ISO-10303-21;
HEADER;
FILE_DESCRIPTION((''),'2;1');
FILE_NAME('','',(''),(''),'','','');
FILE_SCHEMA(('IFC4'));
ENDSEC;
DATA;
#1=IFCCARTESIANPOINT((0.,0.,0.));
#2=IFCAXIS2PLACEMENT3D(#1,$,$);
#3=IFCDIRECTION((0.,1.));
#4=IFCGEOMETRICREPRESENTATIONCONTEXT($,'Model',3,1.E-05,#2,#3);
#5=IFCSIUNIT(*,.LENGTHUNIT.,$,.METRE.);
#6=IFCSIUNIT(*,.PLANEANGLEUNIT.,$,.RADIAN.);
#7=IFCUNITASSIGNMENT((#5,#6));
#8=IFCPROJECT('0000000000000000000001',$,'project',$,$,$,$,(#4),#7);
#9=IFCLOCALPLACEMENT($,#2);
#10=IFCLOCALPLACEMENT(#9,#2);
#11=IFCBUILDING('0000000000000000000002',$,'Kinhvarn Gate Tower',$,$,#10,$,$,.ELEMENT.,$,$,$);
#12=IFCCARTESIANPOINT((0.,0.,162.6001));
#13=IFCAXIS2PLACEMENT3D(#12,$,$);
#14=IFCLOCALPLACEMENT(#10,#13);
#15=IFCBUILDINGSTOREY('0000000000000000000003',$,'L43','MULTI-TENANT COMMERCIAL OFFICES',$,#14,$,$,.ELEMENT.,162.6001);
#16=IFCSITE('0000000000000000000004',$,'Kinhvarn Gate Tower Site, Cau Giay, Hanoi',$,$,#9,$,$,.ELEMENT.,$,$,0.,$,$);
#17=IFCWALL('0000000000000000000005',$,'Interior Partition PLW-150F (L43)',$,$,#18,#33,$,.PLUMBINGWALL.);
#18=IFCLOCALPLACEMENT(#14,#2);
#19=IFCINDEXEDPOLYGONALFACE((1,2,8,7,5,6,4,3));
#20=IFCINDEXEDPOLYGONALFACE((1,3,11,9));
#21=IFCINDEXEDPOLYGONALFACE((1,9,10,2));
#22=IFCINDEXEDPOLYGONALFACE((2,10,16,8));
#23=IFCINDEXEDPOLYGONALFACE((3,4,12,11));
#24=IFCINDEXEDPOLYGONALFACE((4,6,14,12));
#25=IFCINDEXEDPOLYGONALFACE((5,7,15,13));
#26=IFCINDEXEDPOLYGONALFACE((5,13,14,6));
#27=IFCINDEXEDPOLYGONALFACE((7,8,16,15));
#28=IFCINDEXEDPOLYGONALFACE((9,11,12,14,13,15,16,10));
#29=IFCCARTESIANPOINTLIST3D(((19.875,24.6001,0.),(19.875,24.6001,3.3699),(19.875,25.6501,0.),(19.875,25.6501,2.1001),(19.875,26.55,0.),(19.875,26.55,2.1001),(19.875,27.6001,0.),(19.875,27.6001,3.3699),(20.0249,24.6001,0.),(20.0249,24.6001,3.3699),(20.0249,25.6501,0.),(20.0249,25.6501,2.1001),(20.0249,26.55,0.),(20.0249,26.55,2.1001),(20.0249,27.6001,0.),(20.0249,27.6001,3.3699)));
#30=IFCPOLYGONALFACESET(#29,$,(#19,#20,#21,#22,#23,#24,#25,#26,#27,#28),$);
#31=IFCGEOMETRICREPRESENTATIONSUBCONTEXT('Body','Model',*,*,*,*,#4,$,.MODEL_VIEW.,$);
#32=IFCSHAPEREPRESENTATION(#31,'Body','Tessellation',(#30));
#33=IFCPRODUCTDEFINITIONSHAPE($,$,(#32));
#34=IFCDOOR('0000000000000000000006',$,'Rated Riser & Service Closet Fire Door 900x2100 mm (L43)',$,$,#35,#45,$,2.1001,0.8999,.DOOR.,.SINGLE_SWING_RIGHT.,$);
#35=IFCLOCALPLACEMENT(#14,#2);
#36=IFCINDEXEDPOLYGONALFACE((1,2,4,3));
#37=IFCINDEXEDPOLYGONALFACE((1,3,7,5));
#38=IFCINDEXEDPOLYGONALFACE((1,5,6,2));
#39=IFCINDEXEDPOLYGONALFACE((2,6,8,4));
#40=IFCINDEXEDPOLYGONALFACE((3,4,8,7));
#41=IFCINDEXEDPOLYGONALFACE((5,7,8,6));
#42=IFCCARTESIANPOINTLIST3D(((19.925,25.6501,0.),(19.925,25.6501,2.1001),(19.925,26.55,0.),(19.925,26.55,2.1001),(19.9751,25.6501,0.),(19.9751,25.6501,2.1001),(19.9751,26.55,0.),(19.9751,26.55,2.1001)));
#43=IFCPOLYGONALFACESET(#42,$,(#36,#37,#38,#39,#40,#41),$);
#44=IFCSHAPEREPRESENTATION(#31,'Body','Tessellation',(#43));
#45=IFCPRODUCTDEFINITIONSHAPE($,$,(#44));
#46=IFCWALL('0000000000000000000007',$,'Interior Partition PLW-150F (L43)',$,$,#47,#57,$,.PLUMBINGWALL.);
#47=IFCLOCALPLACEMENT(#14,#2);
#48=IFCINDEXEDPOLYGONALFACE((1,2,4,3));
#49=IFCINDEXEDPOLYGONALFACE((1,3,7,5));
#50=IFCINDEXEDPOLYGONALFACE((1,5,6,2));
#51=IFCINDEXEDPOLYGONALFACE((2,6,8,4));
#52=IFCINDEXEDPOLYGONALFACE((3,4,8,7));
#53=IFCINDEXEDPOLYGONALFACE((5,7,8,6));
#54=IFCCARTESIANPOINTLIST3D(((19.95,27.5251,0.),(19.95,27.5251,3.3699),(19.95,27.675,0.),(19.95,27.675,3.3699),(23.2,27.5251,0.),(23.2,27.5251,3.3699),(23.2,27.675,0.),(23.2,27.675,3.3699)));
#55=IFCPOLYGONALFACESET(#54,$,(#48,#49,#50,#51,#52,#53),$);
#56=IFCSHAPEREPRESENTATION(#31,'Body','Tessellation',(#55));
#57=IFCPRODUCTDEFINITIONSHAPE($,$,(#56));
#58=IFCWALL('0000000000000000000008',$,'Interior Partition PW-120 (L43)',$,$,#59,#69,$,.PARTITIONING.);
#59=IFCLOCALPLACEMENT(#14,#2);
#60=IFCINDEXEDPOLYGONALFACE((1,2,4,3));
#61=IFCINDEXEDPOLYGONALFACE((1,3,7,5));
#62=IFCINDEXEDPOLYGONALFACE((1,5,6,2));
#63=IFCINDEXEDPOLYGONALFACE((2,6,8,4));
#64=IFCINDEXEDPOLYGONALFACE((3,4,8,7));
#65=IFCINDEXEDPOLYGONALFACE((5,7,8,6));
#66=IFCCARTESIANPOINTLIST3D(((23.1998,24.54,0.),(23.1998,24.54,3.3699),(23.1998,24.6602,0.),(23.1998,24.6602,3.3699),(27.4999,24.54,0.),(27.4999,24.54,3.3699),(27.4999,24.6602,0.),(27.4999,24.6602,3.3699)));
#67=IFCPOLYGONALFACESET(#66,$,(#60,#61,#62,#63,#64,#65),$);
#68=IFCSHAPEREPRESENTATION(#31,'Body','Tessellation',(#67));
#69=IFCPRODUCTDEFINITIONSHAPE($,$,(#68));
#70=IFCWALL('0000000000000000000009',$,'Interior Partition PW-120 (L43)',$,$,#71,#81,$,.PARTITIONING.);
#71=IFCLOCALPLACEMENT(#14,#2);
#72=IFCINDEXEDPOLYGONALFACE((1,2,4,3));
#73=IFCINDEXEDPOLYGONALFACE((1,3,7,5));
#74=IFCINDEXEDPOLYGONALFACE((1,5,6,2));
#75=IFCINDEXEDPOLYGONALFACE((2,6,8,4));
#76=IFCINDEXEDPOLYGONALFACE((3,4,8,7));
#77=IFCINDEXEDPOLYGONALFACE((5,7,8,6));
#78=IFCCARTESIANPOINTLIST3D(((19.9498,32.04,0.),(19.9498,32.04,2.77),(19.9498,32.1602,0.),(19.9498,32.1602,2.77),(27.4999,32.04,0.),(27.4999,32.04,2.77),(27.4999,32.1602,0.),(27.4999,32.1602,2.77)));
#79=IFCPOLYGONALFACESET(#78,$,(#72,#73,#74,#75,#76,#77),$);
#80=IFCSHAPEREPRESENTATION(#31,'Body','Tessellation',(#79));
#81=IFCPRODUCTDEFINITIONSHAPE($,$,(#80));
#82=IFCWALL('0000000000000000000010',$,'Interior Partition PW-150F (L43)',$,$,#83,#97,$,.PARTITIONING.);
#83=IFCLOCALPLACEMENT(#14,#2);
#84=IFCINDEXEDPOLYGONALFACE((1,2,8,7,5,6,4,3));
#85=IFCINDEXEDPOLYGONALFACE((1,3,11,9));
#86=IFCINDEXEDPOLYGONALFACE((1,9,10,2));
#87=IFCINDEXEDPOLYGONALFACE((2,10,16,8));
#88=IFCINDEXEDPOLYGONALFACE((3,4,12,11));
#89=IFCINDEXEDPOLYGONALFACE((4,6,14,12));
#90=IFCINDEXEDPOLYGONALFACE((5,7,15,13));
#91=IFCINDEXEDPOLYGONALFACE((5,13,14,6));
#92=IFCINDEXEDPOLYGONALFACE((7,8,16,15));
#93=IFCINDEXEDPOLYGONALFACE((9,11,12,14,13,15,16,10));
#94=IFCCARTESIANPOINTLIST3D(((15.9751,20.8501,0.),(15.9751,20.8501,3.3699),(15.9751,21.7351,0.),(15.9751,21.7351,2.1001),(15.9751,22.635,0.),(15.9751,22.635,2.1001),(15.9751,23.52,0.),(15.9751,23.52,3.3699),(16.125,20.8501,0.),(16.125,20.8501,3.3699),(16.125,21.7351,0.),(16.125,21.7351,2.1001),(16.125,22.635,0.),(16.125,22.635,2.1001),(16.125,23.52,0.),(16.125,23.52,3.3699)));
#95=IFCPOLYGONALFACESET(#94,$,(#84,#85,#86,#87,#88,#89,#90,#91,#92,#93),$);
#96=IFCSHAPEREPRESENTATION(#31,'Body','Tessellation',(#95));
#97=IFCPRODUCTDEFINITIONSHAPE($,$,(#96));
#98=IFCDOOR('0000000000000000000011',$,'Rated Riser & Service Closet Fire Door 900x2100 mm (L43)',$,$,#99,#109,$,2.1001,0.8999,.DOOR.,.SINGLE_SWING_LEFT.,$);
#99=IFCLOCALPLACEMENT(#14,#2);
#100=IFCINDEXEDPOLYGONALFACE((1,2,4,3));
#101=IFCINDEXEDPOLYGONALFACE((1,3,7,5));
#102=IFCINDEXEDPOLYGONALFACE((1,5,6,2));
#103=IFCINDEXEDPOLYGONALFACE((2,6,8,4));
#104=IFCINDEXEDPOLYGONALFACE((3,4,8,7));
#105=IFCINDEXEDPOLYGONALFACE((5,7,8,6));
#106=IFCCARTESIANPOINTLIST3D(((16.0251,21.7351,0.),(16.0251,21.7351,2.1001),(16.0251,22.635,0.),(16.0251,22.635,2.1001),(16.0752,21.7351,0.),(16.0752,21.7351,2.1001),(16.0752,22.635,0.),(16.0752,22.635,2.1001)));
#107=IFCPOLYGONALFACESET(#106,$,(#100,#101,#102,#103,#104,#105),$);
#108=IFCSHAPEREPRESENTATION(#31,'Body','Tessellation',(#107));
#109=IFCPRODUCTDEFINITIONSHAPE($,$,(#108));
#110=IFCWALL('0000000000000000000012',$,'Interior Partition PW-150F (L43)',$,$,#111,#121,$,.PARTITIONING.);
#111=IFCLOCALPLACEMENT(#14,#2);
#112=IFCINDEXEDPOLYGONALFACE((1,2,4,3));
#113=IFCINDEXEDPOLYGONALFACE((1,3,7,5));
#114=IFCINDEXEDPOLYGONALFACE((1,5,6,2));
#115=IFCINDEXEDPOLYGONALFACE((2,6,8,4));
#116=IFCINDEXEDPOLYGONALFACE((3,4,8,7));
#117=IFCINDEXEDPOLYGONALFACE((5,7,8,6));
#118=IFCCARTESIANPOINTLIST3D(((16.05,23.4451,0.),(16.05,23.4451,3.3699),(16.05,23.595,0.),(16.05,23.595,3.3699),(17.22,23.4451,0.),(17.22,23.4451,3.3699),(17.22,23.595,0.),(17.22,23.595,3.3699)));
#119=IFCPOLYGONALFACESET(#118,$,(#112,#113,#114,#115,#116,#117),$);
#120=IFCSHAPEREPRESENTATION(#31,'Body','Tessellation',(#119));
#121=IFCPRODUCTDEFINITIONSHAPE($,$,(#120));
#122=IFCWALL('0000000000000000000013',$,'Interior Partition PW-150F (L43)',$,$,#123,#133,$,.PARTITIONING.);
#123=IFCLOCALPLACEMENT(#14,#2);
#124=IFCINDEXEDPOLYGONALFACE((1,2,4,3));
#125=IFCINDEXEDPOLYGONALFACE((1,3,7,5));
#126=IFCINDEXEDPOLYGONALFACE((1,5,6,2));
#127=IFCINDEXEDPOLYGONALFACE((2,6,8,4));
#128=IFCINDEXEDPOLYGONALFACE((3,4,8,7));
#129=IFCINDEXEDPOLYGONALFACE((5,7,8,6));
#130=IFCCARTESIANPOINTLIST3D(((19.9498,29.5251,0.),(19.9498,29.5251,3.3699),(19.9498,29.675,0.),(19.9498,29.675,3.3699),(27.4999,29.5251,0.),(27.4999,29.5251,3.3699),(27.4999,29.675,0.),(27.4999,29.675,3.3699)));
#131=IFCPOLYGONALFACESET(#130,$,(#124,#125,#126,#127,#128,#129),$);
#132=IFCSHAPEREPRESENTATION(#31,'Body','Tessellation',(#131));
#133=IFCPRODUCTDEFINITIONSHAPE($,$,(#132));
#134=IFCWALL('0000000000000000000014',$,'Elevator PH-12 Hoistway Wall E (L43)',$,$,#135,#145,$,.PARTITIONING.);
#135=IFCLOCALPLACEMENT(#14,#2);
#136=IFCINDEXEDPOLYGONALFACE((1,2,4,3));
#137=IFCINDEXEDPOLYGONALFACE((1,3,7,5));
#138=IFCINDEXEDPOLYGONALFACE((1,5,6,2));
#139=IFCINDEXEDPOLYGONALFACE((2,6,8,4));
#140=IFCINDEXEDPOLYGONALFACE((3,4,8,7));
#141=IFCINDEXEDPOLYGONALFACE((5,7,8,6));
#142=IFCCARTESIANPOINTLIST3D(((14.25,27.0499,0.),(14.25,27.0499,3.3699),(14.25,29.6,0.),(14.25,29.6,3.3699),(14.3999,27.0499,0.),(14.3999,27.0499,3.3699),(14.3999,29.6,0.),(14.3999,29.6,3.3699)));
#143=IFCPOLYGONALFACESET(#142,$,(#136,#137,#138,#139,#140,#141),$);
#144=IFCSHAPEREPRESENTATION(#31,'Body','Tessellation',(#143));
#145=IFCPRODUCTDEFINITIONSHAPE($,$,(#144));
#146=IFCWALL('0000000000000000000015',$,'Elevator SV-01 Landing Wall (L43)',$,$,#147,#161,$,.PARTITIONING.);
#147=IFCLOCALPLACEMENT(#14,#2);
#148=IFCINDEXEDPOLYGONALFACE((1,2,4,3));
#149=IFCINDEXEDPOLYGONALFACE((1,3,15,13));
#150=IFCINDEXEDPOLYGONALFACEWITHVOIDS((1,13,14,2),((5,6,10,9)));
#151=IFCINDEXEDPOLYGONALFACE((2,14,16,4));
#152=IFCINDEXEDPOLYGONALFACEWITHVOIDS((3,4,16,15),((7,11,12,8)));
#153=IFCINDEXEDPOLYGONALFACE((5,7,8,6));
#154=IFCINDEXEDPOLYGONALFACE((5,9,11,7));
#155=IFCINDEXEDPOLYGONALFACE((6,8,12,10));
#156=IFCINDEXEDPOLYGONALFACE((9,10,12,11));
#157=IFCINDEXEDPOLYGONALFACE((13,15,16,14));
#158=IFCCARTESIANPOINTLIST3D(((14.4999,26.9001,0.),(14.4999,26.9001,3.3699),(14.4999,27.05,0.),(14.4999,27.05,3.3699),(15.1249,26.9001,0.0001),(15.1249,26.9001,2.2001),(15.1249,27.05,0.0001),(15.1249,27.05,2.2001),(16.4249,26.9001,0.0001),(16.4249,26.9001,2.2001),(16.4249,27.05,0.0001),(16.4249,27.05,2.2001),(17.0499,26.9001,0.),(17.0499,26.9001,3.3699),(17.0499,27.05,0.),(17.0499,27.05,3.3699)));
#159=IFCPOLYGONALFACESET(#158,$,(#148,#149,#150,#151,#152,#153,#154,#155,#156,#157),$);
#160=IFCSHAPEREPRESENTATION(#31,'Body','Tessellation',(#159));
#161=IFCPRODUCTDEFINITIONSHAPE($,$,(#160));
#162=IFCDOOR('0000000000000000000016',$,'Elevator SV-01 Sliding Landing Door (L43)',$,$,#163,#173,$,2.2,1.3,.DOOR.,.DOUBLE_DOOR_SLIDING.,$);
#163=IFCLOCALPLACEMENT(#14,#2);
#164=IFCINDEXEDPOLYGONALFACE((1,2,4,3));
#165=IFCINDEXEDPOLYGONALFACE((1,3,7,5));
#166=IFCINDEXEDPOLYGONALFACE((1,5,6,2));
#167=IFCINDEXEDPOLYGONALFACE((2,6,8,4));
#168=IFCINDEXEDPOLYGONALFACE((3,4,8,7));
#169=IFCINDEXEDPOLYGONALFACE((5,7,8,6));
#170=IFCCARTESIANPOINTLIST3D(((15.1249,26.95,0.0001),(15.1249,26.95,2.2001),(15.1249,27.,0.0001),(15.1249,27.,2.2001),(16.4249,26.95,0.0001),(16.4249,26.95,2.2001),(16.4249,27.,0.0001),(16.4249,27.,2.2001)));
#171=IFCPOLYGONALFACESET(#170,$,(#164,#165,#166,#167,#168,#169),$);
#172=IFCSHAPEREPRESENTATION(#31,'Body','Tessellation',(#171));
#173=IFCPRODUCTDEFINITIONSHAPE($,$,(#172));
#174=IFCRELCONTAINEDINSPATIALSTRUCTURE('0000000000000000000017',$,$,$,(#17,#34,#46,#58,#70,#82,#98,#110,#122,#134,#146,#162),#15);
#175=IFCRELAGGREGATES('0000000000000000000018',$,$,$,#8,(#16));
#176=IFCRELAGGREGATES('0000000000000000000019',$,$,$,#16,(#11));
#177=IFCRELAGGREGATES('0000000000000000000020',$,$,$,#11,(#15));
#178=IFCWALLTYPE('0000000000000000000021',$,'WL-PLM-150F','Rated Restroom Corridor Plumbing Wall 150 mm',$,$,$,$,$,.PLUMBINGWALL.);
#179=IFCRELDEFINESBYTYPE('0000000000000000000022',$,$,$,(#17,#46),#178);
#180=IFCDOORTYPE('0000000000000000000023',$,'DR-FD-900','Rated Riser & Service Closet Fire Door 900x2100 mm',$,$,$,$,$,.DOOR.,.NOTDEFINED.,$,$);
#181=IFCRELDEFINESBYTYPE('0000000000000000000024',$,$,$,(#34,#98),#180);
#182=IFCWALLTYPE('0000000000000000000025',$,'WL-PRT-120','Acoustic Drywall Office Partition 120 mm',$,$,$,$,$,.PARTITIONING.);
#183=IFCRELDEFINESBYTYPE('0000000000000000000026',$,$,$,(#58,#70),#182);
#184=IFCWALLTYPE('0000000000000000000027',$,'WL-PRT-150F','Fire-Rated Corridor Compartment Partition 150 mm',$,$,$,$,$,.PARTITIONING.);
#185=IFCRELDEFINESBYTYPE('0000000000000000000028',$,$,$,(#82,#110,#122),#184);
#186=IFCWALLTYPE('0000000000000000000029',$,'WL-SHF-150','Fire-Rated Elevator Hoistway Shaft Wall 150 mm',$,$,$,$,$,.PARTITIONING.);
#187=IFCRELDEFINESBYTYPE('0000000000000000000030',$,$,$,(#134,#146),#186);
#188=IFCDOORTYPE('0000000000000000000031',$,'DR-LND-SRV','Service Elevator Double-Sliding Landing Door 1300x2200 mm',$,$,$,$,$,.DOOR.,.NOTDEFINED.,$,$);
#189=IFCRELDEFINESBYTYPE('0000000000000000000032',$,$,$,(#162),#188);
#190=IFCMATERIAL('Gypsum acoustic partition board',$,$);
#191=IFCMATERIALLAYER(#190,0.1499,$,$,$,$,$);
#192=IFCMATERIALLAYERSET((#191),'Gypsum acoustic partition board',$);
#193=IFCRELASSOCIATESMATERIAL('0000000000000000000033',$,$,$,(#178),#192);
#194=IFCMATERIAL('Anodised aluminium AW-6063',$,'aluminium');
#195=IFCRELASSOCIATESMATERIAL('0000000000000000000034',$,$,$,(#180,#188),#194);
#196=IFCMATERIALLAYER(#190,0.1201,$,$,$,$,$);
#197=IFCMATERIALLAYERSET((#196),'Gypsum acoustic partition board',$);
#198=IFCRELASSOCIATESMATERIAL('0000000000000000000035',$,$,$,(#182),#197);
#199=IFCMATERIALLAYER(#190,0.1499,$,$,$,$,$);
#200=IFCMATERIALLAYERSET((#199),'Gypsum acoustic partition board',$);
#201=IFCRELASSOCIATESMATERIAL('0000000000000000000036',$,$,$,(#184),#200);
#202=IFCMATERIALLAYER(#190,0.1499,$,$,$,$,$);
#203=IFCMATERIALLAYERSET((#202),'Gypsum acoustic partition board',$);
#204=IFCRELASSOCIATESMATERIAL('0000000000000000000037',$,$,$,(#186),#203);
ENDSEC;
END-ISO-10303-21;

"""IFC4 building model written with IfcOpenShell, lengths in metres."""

from ifc_helpers import new_model, si_unit, direction, frame, frame_2d, origin, place, context, subcontext, project, spatial, rectangle, extrude, material, layer, layer_set, type_object, element, fill, save


model = new_model("IFC4")

# Units and contexts
model_context = context("Model", 3, precision=1e-05, world=origin(), true_north=direction((0.0, 1.0)))
body_context = subcontext(model_context, "Body", "Model", "MODEL_VIEW")
ifc_project = project(units=[si_unit("LENGTHUNIT", "METRE"), si_unit("PLANEANGLEUNIT", "RADIAN")], contexts=[model_context])

# Site, building, storey
site_placement = place(None, origin())
site = spatial("IfcSite", under=ifc_project, at=site_placement, Name="Kinhvarn Gate Tower Site, Cau Giay, Hanoi", CompositionType="ELEMENT", RefElevation=0.0)
building_placement = place(site_placement, origin())
building = spatial("IfcBuilding", under=site, at=building_placement, Name="Kinhvarn Gate Tower", CompositionType="ELEMENT")
storey_placement = place(building_placement, frame((0.0, 0.0, 162.6001)))
storey = spatial("IfcBuildingStorey", under=building, at=storey_placement, Name="L43", Description="MULTI-TENANT COMMERCIAL OFFICES", CompositionType="ELEMENT", Elevation=162.6001)

# Shared definitions
ifc_material_1 = material(Name="Anodised aluminium AW-6063", Category="aluminium")

# Shared definitions
ifc_material_2 = material(Name="Gypsum acoustic partition board")

# Wall, opening, door
ifc_layer_1 = layer(ifc_material_2, 0.1499)
ifc_layer_set_1 = layer_set([ifc_layer_1], Name="Gypsum acoustic partition board")
wall_type_1 = type_object("IfcWallType", Name="WL-PLM-150F", Description="Rated Restroom Corridor Plumbing Wall 150 mm", PredefinedType="PLUMBINGWALL", material=ifc_layer_set_1)
wall_1_placement = place(storey_placement, frame((19.95, 24.6001, 0.0), z_axis=(0.0, 0.0, 1.0), x_axis=(0.0, 1.0, 0.0)))
wall_1 = element("IfcWall", 1, at=wall_1_placement, inside=storey, type_object=wall_type_1, Name="Interior Partition PLW-150F (L43)", PredefinedType="PLUMBINGWALL", context=body_context, shape_type="SweptSolid", body=[
    extrude(rectangle(XDim=3.0, YDim=0.1499, at=frame_2d((1.5, 0.0))), origin(), (0.0, 0.0, 1.0), 3.3699),
])
opening_1_placement = place(wall_1_placement, frame((1.05, 0.0, 0.0)))
opening_1 = element("IfcOpeningElement", 2, at=opening_1_placement, cuts=wall_1, PredefinedType="OPENING", context=body_context, shape_type="SweptSolid", body=[
    extrude(rectangle(XDim=0.8999, YDim=2.1001, at=frame_2d((0.45, 1.05))), frame((0.0, 0.085, 0.0), z_axis=(0.0, -1.0, 0.0), x_axis=(1.0, 0.0, 0.0)), (0.0, 0.0, 1.0), 0.1699),
])
door_type_1 = type_object("IfcDoorType", Name="DR-FD-900", Description="Rated Riser & Service Closet Fire Door 900x2100 mm", OperationType="NOTDEFINED", PredefinedType="DOOR", material=ifc_material_1)
door_1_placement = place(opening_1_placement, origin())
door_1 = element("IfcDoor", 3, at=door_1_placement, inside=storey, type_object=door_type_1, Name="Rated Riser & Service Closet Fire Door 900x2100 mm (L43)", OperationType="SINGLE_SWING_RIGHT", OverallHeight=2.1001, OverallWidth=0.8999, PredefinedType="DOOR", context=body_context, shape_type="SweptSolid", body=[
    extrude(rectangle(XDim=0.8999, YDim=2.1001, at=frame_2d((0.45, 1.05))), frame((0.0, 0.0249, 0.0), z_axis=(0.0, -1.0, 0.0), x_axis=(1.0, 0.0, 0.0)), (0.0, 0.0, 1.0), 0.05),
])
fill(opening_1, door_1)

# Walls
wall_2_placement = place(storey_placement, frame((19.95, 27.6001, 0.0), z_axis=(0.0, 0.0, 1.0), x_axis=(1.0, 0.0, 0.0)))
element("IfcWall", 4, at=wall_2_placement, inside=storey, type_object=wall_type_1, Name="Interior Partition PLW-150F (L43)", PredefinedType="PLUMBINGWALL", context=body_context, shape_type="SweptSolid", body=[
    extrude(rectangle(XDim=3.25, YDim=0.1499, at=frame_2d((1.625, 0.0))), origin(), (0.0, 0.0, 1.0), 3.3699),
])
ifc_layer_2 = layer(ifc_material_2, 0.1201)
ifc_layer_set_2 = layer_set([ifc_layer_2], Name="Gypsum acoustic partition board")
wall_type_2 = type_object("IfcWallType", Name="WL-PRT-120", Description="Acoustic Drywall Office Partition 120 mm", PredefinedType="PARTITIONING", material=ifc_layer_set_2)
wall_3_placement = place(storey_placement, frame((23.2, 24.6001, 0.0), z_axis=(0.0, 0.0, 1.0), x_axis=(1.0, 0.0, 0.0)))
element("IfcWall", 5, at=wall_3_placement, inside=storey, type_object=wall_type_2, Name="Interior Partition PW-120 (L43)", PredefinedType="PARTITIONING", context=body_context, shape_type="SweptSolid", body=[
    extrude(rectangle(XDim=4.3, YDim=0.1201, at=frame_2d((2.1499, 0.0))), origin(), (0.0, 0.0, 1.0), 3.3699),
])
wall_4_placement = place(storey_placement, frame((19.95, 32.1001, 0.0), z_axis=(0.0, 0.0, 1.0), x_axis=(1.0, 0.0, 0.0)))
element("IfcWall", 6, at=wall_4_placement, inside=storey, type_object=wall_type_2, Name="Interior Partition PW-120 (L43)", PredefinedType="PARTITIONING", context=body_context, shape_type="SweptSolid", body=[
    extrude(rectangle(XDim=7.55, YDim=0.1201, at=frame_2d((3.7749, 0.0))), origin(), (0.0, 0.0, 1.0), 2.77),
])

# Wall, opening, door
ifc_layer_3 = layer(ifc_material_2, 0.1499)
ifc_layer_set_3 = layer_set([ifc_layer_3], Name="Gypsum acoustic partition board")
wall_type_3 = type_object("IfcWallType", Name="WL-PRT-150F", Description="Fire-Rated Corridor Compartment Partition 150 mm", PredefinedType="PARTITIONING", material=ifc_layer_set_3)
wall_5_placement = place(storey_placement, frame((16.05, 20.8501, 0.0), z_axis=(0.0, 0.0, 1.0), x_axis=(0.0, 1.0, 0.0)))
wall_5 = element("IfcWall", 7, at=wall_5_placement, inside=storey, type_object=wall_type_3, Name="Interior Partition PW-150F (L43)", PredefinedType="PARTITIONING", context=body_context, shape_type="SweptSolid", body=[
    extrude(rectangle(XDim=2.6699, YDim=0.1499, at=frame_2d((1.335, 0.0))), origin(), (0.0, 0.0, 1.0), 3.3699),
])
opening_2_placement = place(wall_5_placement, frame((0.885, 0.0, 0.0)))
opening_2 = element("IfcOpeningElement", 8, at=opening_2_placement, cuts=wall_5, PredefinedType="OPENING", context=body_context, shape_type="SweptSolid", body=[
    extrude(rectangle(XDim=0.8999, YDim=2.1001, at=frame_2d((0.45, 1.05))), frame((0.0, 0.085, 0.0), z_axis=(0.0, -1.0, 0.0), x_axis=(1.0, 0.0, 0.0)), (0.0, 0.0, 1.0), 0.1699),
])
door_2_placement = place(opening_2_placement, origin())
door_2 = element("IfcDoor", 9, at=door_2_placement, inside=storey, type_object=door_type_1, Name="Rated Riser & Service Closet Fire Door 900x2100 mm (L43)", OperationType="SINGLE_SWING_LEFT", OverallHeight=2.1001, OverallWidth=0.8999, PredefinedType="DOOR", context=body_context, shape_type="SweptSolid", body=[
    extrude(rectangle(XDim=0.8999, YDim=2.1001, at=frame_2d((0.45, 1.05))), frame((0.0, 0.0249, 0.0), z_axis=(0.0, -1.0, 0.0), x_axis=(1.0, 0.0, 0.0)), (0.0, 0.0, 1.0), 0.05),
])
fill(opening_2, door_2)

# Wall
wall_6_placement = place(storey_placement, frame((16.05, 23.52, 0.0), z_axis=(0.0, 0.0, 1.0), x_axis=(1.0, 0.0, 0.0)))
element("IfcWall", 10, at=wall_6_placement, inside=storey, type_object=wall_type_3, Name="Interior Partition PW-150F (L43)", PredefinedType="PARTITIONING", context=body_context, shape_type="SweptSolid", body=[
    extrude(rectangle(XDim=1.1699, YDim=0.1499, at=frame_2d((0.585, 0.0))), origin(), (0.0, 0.0, 1.0), 3.3699),
])

# Walls
wall_7_placement = place(storey_placement, frame((19.95, 29.6001, 0.0), z_axis=(0.0, 0.0, 1.0), x_axis=(1.0, 0.0, 0.0)))
element("IfcWall", 11, at=wall_7_placement, inside=storey, type_object=wall_type_3, Name="Interior Partition PW-150F (L43)", PredefinedType="PARTITIONING", context=body_context, shape_type="SweptSolid", body=[
    extrude(rectangle(XDim=7.55, YDim=0.1499, at=frame_2d((3.7749, 0.0))), origin(), (0.0, 0.0, 1.0), 3.3699),
])
ifc_layer_4 = layer(ifc_material_2, 0.1499)
ifc_layer_set_4 = layer_set([ifc_layer_4], Name="Gypsum acoustic partition board")
wall_type_4 = type_object("IfcWallType", Name="WL-SHF-150", Description="Fire-Rated Elevator Hoistway Shaft Wall 150 mm", PredefinedType="PARTITIONING", material=ifc_layer_set_4)
wall_8_placement = place(storey_placement, frame((14.325, 27.05, 0.0), z_axis=(0.0, 0.0, 1.0), x_axis=(0.0, 1.0, 0.0)))
element("IfcWall", 12, at=wall_8_placement, inside=storey, type_object=wall_type_4, Name="Elevator PH-12 Hoistway Wall E (L43)", PredefinedType="PARTITIONING", context=body_context, shape_type="SweptSolid", body=[
    extrude(rectangle(XDim=2.55, YDim=0.1499, at=frame_2d((1.2749, 0.0))), origin(), (0.0, 0.0, 1.0), 3.3699),
])

# Wall, opening, door
wall_9_placement = place(storey_placement, frame((14.5, 26.9751, 0.0), z_axis=(0.0, 0.0, 1.0), x_axis=(1.0, 0.0, 0.0)))
wall_9 = element("IfcWall", 13, at=wall_9_placement, inside=storey, type_object=wall_type_4, Name="Elevator SV-01 Landing Wall (L43)", PredefinedType="PARTITIONING", context=body_context, shape_type="SweptSolid", body=[
    extrude(rectangle(XDim=2.55, YDim=0.1499, at=frame_2d((1.2749, 0.0))), origin(), (0.0, 0.0, 1.0), 3.3699),
])
opening_3_placement = place(wall_9_placement, frame((0.625, 0.0, 0.0)))
opening_3 = element("IfcOpeningElement", 14, at=opening_3_placement, cuts=wall_9, PredefinedType="OPENING", context=body_context, shape_type="SweptSolid", body=[
    extrude(rectangle(XDim=1.3, YDim=2.2, at=frame_2d((0.6499, 1.1001))), frame((0.0, 0.085, 0.0), z_axis=(0.0, -1.0, 0.0), x_axis=(1.0, 0.0, 0.0)), (0.0, 0.0, 1.0), 0.1699),
])
door_type_2 = type_object("IfcDoorType", Name="DR-LND-SRV", Description="Service Elevator Double-Sliding Landing Door 1300x2200 mm", OperationType="NOTDEFINED", PredefinedType="DOOR", material=ifc_material_1)
door_3_placement = place(opening_3_placement, origin())
door_3 = element("IfcDoor", 15, at=door_3_placement, inside=storey, type_object=door_type_2, Name="Elevator SV-01 Sliding Landing Door (L43)", OperationType="DOUBLE_DOOR_SLIDING", OverallHeight=2.2, OverallWidth=1.3, PredefinedType="DOOR", context=body_context, shape_type="SweptSolid", body=[
    extrude(rectangle(XDim=1.3, YDim=2.2, at=frame_2d((0.6499, 1.1001))), frame((0.0, 0.0249, 0.0), z_axis=(0.0, -1.0, 0.0), x_axis=(1.0, 0.0, 0.0)), (0.0, 0.0, 1.0), 0.05),
])
fill(opening_3, door_3)

save(model, "model.ifc")
